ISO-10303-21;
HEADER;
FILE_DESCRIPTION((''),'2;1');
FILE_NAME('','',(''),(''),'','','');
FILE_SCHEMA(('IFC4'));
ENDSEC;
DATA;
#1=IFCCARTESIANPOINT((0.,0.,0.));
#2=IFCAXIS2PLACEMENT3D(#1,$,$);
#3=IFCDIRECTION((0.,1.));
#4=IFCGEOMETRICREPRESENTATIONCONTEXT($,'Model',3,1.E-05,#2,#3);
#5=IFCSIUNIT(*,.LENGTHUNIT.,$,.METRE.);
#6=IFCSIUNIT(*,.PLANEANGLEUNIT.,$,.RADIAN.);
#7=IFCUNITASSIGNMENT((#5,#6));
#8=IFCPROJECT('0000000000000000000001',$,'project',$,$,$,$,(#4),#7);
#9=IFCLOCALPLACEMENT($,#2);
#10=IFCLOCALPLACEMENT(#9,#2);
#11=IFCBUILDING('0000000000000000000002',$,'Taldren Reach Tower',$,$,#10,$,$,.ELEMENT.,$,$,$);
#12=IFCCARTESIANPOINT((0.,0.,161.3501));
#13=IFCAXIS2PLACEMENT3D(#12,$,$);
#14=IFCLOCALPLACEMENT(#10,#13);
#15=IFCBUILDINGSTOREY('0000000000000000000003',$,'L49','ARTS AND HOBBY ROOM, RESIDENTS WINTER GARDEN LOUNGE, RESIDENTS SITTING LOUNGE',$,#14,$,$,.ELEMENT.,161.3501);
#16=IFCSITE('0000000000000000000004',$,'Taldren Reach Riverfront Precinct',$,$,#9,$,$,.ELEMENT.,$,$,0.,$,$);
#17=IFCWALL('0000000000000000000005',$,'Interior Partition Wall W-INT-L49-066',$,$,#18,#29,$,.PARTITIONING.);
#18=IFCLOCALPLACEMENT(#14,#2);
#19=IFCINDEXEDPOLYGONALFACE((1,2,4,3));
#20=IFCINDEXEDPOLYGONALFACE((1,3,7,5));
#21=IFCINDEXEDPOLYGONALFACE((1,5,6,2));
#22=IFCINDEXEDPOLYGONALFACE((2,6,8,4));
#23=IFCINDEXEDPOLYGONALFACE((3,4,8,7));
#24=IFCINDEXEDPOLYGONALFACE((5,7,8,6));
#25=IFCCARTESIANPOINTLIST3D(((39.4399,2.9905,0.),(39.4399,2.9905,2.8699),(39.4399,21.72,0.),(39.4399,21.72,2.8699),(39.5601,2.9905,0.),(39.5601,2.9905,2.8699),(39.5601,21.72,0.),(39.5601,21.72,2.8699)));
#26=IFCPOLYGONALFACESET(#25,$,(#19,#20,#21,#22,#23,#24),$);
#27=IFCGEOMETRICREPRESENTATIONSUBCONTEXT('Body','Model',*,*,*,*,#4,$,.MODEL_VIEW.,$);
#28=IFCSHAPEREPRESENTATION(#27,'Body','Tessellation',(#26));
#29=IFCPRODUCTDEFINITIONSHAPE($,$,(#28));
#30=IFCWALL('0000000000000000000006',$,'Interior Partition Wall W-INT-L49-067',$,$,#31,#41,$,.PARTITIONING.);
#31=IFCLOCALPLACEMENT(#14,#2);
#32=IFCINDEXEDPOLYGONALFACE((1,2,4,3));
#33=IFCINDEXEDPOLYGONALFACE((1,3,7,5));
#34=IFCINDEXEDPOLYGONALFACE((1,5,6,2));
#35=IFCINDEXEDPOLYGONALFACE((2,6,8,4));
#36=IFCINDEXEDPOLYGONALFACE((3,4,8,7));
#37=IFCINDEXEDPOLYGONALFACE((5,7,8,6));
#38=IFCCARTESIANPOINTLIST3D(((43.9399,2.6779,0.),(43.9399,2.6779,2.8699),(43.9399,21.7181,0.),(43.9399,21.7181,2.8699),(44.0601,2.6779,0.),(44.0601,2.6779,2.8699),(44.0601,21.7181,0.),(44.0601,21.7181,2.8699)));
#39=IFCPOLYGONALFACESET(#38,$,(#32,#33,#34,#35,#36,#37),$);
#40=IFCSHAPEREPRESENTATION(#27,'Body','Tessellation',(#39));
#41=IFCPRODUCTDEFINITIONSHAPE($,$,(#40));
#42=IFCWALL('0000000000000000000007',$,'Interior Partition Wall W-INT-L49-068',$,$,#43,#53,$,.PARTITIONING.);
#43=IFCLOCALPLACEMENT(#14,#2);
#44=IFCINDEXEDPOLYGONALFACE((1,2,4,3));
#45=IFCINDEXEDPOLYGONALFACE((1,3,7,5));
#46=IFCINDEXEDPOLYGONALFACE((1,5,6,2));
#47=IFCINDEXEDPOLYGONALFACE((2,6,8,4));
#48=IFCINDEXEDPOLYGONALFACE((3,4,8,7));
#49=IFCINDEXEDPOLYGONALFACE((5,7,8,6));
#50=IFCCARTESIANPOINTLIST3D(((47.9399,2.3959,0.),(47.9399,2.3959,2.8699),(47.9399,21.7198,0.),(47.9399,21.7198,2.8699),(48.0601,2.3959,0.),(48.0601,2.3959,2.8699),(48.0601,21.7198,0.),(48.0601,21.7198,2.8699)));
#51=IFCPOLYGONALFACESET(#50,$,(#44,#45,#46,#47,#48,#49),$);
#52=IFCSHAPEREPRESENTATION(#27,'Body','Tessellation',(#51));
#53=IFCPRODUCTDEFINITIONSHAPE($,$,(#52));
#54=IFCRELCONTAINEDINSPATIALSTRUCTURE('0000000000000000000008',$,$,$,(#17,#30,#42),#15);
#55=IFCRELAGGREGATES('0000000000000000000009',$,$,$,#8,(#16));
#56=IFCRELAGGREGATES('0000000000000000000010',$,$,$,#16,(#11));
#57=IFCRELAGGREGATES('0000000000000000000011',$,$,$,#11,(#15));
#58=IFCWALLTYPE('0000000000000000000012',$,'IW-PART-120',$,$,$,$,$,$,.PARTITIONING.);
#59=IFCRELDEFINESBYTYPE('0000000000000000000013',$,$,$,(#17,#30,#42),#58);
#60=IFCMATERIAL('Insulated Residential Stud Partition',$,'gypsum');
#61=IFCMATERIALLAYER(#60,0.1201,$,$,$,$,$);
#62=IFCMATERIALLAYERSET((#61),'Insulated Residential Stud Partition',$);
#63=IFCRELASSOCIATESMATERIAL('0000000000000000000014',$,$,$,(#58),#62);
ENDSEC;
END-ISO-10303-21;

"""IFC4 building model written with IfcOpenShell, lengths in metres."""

from ifc_helpers import new_model, si_unit, direction, frame, frame_2d, origin, place, context, subcontext, project, spatial, rectangle, extrude, source, transform, mapped, material, layer, layer_set, type_object, element, save


model = new_model("IFC4")

# Units and contexts
model_context = context("Model", 3, precision=1e-05, world=origin(), true_north=direction((0.0, 1.0)))
body_context = subcontext(model_context, "Body", "Model", "MODEL_VIEW")
ifc_project = project(units=[si_unit("LENGTHUNIT", "METRE"), si_unit("PLANEANGLEUNIT", "RADIAN")], contexts=[model_context])

# Site, building, storey
site_placement = place(None, origin())
site = spatial("IfcSite", under=ifc_project, at=site_placement, Name="Taldren Reach Riverfront Precinct", CompositionType="ELEMENT", RefElevation=0.0)
building_placement = place(site_placement, origin())
building = spatial("IfcBuilding", under=site, at=building_placement, Name="Taldren Reach Tower", CompositionType="ELEMENT")
storey_placement = place(building_placement, frame((0.0, 0.0, 161.3501)))
storey = spatial("IfcBuildingStorey", under=building, at=storey_placement, Name="L49", Description="ARTS AND HOBBY ROOM, RESIDENTS WINTER GARDEN LOUNGE, RESIDENTS SITTING LOUNGE", CompositionType="ELEMENT", Elevation=161.3501)

# Walls
ifc_material_1 = material(Name="Insulated Residential Stud Partition", Category="gypsum")
ifc_layer_1 = layer(ifc_material_1, 0.1201)
ifc_layer_set_1 = layer_set([ifc_layer_1], Name="Insulated Residential Stud Partition")
wall_type_1 = type_object("IfcWallType", Name="IW-PART-120", PredefinedType="PARTITIONING", material=ifc_layer_set_1)
shared_shape_1 = source(origin(), body_context, "Body", "SweptSolid", [
    extrude(rectangle(XDim=18.7295, YDim=0.1201, at=frame_2d((9.3647, 0.0))), origin(), (0.0, 0.0, 1.0), 2.8699),
])
wall_1_placement = place(storey_placement, frame((39.5, 21.72, 0.0), z_axis=(0.0, 0.0, 1.0), x_axis=(0.0, -1.0, 0.0)))
element("IfcWall", 1, at=wall_1_placement, inside=storey, type_object=wall_type_1, Name="Interior Partition Wall W-INT-L49-066", PredefinedType="PARTITIONING", context=body_context, shape_type="MappedRepresentation", body=[
    mapped(shared_shape_1, transform((0.0, 0.0, 0.0), scale=1.0)),
])
shared_shape_2 = source(origin(), body_context, "Body", "SweptSolid", [
    extrude(rectangle(XDim=19.0403, YDim=0.1201, at=frame_2d((9.52, 0.0))), origin(), (0.0, 0.0, 1.0), 2.8699),
])
wall_2_placement = place(storey_placement, frame((44.0, 21.718, 0.0), z_axis=(0.0, 0.0, 1.0), x_axis=(0.0, -1.0, 0.0)))
element("IfcWall", 2, at=wall_2_placement, inside=storey, type_object=wall_type_1, Name="Interior Partition Wall W-INT-L49-067", PredefinedType="PARTITIONING", context=body_context, shape_type="MappedRepresentation", body=[
    mapped(shared_shape_2, transform((0.0, 0.0, 0.0), scale=1.0)),
])
shared_shape_3 = source(origin(), body_context, "Body", "SweptSolid", [
    extrude(rectangle(XDim=19.324, YDim=0.1201, at=frame_2d((9.6621, 0.0))), origin(), (0.0, 0.0, 1.0), 2.8699),
])
wall_3_placement = place(storey_placement, frame((48.0, 21.72, 0.0), z_axis=(0.0, 0.0, 1.0), x_axis=(0.0, -1.0, 0.0)))
element("IfcWall", 3, at=wall_3_placement, inside=storey, type_object=wall_type_1, Name="Interior Partition Wall W-INT-L49-068", PredefinedType="PARTITIONING", context=body_context, shape_type="MappedRepresentation", body=[
    mapped(shared_shape_3, transform((0.0, 0.0, 0.0), scale=1.0)),
])

save(model, "model.ifc")
